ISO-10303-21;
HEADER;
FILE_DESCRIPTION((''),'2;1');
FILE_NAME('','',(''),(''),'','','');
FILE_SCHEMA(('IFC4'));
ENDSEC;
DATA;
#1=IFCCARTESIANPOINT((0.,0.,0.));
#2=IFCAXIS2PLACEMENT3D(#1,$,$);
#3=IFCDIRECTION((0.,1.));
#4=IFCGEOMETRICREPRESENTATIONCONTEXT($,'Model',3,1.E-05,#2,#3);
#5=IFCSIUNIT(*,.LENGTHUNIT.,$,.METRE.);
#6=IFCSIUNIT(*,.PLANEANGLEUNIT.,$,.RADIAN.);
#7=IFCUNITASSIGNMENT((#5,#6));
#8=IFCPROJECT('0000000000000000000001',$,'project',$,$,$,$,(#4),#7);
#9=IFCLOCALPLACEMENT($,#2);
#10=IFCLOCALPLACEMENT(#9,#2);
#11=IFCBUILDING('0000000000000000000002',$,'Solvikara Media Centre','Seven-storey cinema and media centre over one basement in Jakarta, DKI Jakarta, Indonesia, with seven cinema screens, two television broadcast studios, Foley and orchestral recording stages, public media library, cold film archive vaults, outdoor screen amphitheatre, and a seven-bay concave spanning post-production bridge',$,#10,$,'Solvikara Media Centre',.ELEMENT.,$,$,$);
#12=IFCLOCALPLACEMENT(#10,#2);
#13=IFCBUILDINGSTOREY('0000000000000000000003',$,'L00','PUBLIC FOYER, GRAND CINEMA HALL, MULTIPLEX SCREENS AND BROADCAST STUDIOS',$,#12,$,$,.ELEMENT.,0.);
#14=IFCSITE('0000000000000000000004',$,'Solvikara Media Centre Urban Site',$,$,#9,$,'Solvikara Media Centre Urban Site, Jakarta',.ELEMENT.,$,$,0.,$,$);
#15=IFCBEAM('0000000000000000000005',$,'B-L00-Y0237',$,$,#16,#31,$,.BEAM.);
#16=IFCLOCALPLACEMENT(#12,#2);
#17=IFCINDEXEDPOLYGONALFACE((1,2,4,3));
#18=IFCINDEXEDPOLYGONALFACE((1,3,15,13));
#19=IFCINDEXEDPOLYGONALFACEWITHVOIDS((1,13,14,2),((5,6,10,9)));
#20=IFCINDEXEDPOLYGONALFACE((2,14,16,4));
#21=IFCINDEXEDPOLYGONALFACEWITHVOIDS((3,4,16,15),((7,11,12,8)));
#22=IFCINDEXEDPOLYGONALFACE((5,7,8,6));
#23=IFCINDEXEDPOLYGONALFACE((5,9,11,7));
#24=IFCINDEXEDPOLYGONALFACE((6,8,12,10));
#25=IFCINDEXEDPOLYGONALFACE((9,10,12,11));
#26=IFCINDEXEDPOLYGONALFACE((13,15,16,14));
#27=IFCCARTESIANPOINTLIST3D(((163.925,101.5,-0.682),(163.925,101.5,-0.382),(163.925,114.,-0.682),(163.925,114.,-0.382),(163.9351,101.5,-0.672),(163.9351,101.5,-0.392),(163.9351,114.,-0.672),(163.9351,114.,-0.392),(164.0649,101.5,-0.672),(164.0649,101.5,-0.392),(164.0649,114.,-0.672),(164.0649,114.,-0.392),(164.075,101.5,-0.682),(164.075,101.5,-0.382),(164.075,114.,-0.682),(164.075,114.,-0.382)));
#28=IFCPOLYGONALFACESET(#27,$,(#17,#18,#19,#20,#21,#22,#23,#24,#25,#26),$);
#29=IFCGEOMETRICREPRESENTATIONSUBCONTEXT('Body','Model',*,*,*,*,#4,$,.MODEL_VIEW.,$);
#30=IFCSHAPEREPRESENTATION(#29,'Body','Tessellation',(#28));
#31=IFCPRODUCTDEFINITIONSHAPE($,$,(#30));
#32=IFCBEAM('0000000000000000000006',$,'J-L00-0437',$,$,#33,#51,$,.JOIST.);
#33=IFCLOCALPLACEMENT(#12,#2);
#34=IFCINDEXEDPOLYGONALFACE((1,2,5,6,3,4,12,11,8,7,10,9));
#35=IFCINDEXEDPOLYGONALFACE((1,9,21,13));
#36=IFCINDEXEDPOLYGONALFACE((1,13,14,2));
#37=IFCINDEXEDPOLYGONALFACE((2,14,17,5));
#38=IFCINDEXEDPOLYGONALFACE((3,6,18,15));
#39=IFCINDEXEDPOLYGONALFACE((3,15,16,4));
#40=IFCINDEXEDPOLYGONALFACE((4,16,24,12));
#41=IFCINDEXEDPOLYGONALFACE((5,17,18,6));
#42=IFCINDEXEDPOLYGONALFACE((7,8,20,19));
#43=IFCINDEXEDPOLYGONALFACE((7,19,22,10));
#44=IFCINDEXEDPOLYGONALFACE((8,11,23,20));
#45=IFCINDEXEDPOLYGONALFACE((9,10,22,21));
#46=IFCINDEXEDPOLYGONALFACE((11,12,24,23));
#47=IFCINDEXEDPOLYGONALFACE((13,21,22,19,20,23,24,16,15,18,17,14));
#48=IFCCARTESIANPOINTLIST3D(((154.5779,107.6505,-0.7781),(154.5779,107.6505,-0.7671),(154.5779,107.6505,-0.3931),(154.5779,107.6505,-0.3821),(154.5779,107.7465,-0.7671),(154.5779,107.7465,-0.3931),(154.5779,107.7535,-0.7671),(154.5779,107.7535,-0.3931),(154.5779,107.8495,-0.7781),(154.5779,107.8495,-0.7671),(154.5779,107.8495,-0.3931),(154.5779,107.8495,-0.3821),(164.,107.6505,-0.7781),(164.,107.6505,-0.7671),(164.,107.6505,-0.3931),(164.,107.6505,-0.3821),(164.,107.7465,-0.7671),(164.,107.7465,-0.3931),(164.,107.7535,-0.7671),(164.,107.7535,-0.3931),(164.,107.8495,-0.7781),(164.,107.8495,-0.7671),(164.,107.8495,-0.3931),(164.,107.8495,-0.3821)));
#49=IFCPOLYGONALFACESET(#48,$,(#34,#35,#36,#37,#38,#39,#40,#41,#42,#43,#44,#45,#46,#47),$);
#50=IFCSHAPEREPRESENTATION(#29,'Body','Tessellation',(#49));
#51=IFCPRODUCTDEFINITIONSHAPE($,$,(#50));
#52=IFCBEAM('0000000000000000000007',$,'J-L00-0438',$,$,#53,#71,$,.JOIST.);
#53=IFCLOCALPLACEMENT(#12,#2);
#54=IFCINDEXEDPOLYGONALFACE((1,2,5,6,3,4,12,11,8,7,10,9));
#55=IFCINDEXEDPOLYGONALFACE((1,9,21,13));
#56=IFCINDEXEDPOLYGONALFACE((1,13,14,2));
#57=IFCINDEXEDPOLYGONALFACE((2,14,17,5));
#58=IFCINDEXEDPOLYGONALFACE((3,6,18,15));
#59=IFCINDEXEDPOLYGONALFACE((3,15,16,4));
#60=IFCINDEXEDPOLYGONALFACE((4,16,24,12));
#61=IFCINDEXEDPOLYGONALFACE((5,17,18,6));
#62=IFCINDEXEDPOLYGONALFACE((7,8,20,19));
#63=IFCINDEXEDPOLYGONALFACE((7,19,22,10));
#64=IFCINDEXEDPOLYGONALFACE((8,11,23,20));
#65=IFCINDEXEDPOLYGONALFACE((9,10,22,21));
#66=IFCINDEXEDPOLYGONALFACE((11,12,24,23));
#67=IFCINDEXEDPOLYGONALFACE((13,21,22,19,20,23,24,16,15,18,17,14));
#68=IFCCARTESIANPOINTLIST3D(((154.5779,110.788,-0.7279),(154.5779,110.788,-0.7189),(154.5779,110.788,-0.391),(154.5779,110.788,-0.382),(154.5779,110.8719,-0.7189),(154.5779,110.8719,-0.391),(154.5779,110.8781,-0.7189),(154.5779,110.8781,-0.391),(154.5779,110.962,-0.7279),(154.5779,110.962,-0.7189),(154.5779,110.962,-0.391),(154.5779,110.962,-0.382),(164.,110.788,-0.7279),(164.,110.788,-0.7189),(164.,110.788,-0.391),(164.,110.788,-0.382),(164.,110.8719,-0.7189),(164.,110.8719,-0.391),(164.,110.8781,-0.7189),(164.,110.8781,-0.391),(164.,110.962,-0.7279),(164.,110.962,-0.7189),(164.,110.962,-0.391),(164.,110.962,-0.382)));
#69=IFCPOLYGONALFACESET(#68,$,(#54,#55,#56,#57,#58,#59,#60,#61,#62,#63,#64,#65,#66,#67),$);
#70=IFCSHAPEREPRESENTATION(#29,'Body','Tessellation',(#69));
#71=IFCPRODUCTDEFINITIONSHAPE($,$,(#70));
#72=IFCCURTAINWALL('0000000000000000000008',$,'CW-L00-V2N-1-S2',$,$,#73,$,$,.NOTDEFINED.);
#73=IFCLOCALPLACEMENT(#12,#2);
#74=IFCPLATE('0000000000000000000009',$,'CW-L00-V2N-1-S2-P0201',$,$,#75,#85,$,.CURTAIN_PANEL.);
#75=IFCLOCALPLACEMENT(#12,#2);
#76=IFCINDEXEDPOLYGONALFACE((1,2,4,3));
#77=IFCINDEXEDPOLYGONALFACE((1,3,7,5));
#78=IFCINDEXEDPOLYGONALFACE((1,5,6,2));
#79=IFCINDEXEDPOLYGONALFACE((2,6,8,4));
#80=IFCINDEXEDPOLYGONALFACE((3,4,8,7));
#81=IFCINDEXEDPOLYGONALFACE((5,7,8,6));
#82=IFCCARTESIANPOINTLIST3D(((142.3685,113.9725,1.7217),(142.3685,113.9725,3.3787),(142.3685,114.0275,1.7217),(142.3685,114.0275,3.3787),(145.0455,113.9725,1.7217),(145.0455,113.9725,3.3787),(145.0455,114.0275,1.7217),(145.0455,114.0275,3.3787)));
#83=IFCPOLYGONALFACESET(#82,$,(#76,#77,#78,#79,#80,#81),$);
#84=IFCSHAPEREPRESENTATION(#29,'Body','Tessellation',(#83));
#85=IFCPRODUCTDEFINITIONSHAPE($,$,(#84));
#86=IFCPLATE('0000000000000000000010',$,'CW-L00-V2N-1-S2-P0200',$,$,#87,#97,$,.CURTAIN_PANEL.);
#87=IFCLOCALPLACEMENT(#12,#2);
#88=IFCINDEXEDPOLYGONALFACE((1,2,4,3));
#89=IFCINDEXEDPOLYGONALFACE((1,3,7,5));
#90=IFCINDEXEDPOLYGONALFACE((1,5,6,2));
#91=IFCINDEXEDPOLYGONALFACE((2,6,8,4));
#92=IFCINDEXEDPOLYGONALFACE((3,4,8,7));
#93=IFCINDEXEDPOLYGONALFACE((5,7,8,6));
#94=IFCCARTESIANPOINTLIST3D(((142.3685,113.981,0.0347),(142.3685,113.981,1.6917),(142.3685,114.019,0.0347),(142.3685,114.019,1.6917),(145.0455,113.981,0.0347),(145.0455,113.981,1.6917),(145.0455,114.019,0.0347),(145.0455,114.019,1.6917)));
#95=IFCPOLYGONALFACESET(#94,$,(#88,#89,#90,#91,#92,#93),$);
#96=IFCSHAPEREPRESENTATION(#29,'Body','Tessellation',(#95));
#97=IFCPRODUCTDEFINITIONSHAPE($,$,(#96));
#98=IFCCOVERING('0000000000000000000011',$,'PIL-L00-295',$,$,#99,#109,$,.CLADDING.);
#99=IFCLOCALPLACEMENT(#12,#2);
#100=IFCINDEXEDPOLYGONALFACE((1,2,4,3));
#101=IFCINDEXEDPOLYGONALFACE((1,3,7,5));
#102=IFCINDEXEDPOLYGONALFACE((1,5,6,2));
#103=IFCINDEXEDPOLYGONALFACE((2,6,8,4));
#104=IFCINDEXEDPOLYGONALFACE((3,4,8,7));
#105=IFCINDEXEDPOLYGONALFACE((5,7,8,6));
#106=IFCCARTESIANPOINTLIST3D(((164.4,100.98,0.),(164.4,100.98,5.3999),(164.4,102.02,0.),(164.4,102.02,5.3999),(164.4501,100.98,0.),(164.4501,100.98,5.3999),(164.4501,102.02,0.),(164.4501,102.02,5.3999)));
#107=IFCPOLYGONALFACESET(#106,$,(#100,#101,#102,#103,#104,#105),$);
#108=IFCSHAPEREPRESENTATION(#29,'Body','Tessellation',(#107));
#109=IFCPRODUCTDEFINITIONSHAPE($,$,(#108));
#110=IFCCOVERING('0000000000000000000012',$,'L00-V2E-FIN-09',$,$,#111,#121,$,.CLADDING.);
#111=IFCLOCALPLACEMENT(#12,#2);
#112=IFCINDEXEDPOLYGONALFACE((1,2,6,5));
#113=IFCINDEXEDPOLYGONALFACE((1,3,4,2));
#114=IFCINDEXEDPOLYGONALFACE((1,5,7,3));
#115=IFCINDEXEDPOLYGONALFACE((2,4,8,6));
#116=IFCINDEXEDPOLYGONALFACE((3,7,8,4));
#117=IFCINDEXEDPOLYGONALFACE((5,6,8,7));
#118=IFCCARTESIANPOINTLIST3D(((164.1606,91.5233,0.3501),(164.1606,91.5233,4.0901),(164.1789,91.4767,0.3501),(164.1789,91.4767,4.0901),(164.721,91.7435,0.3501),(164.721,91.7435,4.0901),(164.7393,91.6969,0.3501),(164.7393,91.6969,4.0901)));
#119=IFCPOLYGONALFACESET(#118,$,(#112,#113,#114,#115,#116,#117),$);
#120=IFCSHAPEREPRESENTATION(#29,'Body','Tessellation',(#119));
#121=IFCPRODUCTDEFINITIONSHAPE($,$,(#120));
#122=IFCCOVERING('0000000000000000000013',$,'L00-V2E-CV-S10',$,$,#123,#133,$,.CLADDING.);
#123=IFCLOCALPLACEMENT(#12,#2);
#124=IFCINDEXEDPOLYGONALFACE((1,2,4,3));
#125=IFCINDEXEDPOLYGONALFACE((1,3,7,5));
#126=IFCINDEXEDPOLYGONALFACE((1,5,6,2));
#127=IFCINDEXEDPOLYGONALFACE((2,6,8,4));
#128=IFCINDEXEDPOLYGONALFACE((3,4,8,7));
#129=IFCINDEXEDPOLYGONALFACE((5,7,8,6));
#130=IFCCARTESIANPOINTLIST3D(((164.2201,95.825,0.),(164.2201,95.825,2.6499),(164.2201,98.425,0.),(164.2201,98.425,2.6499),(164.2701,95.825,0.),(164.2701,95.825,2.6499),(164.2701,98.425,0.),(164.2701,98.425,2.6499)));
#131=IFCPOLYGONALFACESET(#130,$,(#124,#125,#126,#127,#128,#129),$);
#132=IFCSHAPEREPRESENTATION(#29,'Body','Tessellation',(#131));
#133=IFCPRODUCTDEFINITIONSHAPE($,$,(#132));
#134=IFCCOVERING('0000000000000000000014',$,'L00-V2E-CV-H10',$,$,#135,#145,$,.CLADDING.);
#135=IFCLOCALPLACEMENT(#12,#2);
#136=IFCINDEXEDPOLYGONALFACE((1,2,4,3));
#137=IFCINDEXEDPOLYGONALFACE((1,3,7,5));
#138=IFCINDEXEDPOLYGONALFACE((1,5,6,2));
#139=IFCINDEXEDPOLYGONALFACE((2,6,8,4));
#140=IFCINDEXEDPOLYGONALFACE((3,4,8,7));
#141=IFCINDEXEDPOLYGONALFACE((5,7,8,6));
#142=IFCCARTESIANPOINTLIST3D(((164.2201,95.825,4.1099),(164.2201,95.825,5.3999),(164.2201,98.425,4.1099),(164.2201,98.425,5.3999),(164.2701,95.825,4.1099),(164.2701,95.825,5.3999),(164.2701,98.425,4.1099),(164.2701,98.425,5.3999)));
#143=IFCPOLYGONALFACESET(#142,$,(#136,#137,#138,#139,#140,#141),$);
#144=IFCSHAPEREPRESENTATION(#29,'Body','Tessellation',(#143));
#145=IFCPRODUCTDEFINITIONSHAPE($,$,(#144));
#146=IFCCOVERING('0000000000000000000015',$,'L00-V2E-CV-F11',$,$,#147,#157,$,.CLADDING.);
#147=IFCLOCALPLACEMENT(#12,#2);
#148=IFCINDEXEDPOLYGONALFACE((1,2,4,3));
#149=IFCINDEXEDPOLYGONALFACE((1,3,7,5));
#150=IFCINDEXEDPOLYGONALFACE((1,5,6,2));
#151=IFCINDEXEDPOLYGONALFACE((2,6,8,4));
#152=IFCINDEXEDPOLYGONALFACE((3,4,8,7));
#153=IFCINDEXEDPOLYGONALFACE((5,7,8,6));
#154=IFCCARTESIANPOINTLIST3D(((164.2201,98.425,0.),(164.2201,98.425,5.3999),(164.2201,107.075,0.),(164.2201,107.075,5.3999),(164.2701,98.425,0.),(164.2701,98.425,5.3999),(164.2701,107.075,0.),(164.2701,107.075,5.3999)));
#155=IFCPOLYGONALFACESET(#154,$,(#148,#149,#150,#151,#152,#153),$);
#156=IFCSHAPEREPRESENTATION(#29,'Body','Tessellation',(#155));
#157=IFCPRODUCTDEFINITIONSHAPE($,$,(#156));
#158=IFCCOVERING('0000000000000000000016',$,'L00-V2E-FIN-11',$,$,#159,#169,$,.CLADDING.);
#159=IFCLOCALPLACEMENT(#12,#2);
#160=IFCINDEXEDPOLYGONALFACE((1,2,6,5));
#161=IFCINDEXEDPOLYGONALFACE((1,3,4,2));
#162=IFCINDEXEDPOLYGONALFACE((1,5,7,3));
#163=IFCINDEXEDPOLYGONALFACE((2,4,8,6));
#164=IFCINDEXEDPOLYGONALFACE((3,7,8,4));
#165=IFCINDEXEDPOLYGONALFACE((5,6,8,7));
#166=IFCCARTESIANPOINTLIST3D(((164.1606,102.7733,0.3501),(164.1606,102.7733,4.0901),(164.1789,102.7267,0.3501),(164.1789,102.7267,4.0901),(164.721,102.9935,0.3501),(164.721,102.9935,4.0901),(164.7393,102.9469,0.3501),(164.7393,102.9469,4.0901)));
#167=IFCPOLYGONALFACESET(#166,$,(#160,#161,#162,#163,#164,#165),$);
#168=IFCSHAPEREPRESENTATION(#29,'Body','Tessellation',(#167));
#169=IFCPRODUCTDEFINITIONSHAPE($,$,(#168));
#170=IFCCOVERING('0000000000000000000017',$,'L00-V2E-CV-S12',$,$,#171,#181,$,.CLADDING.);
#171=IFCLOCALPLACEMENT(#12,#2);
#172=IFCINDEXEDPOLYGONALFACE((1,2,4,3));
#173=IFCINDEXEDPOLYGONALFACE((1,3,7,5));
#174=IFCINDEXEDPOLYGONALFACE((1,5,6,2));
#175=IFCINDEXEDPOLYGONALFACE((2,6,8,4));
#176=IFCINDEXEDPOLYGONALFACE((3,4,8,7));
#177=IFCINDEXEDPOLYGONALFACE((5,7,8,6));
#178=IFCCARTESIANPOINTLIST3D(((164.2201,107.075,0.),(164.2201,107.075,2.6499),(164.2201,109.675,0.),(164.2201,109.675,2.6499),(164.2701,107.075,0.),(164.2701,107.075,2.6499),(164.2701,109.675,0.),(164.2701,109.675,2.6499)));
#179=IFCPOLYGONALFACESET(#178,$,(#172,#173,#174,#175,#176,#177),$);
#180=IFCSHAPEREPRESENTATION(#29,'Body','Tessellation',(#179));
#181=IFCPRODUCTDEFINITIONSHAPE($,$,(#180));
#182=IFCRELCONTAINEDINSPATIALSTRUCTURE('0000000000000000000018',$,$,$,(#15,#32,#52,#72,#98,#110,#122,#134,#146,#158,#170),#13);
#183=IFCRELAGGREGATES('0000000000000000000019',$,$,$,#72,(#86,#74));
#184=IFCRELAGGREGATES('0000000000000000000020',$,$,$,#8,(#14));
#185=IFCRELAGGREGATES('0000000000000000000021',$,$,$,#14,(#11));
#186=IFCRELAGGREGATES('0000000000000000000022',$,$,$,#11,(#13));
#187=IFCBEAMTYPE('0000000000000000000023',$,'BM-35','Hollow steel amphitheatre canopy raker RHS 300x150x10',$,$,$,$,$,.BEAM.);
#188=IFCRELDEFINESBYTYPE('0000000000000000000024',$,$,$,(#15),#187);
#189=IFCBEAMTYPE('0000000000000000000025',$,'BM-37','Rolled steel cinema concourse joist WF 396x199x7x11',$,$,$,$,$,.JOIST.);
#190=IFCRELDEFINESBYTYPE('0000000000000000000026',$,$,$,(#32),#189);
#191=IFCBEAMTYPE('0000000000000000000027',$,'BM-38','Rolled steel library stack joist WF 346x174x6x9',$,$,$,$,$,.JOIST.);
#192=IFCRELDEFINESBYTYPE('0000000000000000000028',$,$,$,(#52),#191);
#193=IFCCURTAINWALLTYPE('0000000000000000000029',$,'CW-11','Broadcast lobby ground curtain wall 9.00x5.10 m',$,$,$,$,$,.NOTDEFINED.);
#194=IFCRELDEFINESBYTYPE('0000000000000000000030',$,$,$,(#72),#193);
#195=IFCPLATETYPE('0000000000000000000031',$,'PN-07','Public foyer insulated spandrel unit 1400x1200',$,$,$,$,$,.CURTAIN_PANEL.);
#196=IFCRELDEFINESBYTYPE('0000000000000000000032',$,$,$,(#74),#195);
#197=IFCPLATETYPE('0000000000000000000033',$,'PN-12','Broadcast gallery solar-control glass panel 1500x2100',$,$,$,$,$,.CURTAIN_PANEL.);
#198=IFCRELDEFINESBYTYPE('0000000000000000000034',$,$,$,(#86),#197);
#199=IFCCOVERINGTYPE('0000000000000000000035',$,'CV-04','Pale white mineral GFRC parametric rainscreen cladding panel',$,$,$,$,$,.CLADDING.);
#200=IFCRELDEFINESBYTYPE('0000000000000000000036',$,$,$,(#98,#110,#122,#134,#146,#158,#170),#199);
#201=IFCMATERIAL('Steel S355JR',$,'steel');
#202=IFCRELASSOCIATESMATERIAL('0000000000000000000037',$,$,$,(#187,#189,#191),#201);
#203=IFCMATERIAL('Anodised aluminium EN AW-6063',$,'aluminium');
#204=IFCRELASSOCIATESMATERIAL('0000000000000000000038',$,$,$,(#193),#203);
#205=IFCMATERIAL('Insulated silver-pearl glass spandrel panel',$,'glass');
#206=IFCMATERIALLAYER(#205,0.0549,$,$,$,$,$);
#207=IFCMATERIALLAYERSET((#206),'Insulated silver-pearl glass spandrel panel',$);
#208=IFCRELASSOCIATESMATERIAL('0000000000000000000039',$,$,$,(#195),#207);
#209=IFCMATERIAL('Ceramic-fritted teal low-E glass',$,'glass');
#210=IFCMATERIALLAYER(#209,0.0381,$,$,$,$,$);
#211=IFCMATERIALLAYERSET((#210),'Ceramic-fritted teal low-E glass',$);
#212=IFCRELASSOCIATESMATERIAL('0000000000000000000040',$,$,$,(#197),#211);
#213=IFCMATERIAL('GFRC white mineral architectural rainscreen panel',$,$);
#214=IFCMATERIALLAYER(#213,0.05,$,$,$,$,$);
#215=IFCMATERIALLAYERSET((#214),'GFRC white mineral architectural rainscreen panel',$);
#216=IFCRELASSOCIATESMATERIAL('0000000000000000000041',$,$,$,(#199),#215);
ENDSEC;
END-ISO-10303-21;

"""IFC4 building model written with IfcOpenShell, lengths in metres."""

from ifc_helpers import new_model, si_unit, direction, frame, origin, origin_2d, place, context, subcontext, project, spatial, rectangle, hollow_rectangle, i_section, extrude, material, layer, layer_set, material_profile, profile_set, type_object, element, aggregate, save


model = new_model("IFC4")

# Units and contexts
model_context = context("Model", 3, precision=1e-05, world=origin(), true_north=direction((0.0, 1.0)))
body_context = subcontext(model_context, "Body", "Model", "MODEL_VIEW")
ifc_project = project(units=[si_unit("LENGTHUNIT", "METRE"), si_unit("PLANEANGLEUNIT", "RADIAN")], contexts=[model_context])

# Site, building, storey
site_placement = place(None, origin())
site = spatial("IfcSite", under=ifc_project, at=site_placement, Name="Solvikara Media Centre Urban Site", LongName="Solvikara Media Centre Urban Site, Jakarta", CompositionType="ELEMENT", RefElevation=0.0)
building_placement = place(site_placement, origin())
building = spatial("IfcBuilding", under=site, at=building_placement, Name="Solvikara Media Centre", Description="Seven-storey cinema and media centre over one basement in Jakarta, DKI Jakarta, Indonesia, with seven cinema screens, two television broadcast studios, Foley and orchestral recording stages, public media library, cold film archive vaults, outdoor screen amphitheatre, and a seven-bay concave spanning post-production bridge", LongName="Solvikara Media Centre", CompositionType="ELEMENT")
storey_placement = place(building_placement, origin())
storey = spatial("IfcBuildingStorey", under=building, at=storey_placement, Name="L00", Description="PUBLIC FOYER, GRAND CINEMA HALL, MULTIPLEX SCREENS AND BROADCAST STUDIOS", CompositionType="ELEMENT", Elevation=0.0)

# Beams
ifc_material_1 = material(Name="Steel S355JR", Category="steel")
ifc_material_profile_1 = material_profile(ifc_material_1, hollow_rectangle(XDim=0.1499, YDim=0.3, WallThickness=0.01, at=origin_2d()), Name="RHS 300x150x10")
ifc_profile_set_1 = profile_set([ifc_material_profile_1], Name="Steel S355JR")
beam_type_1 = type_object("IfcBeamType", Name="BM-35", Description="Hollow steel amphitheatre canopy raker RHS 300x150x10", PredefinedType="BEAM", material=ifc_profile_set_1)
beam_1_placement = place(storey_placement, frame((164.0, 101.5, -0.532), z_axis=(0.0, 1.0, 0.0), x_axis=(-1.0, 0.0, 0.0)))
element("IfcBeam", 1, at=beam_1_placement, inside=storey, type_object=beam_type_1, Name="B-L00-Y0237", PredefinedType="BEAM", context=body_context, shape_type="SweptSolid", body=[
    extrude(hollow_rectangle(XDim=0.1499, YDim=0.3, WallThickness=0.01, at=origin_2d()), origin(), (0.0, 0.0, 1.0), 12.5),
])
ifc_material_profile_2 = material_profile(ifc_material_1, i_section(OverallWidth=0.199, OverallDepth=0.396, WebThickness=0.0071, FlangeThickness=0.011, at=origin_2d()), Name="WF 396x199x7x11")
ifc_profile_set_2 = profile_set([ifc_material_profile_2], Name="Steel S355JR")
beam_type_2 = type_object("IfcBeamType", Name="BM-37", Description="Rolled steel cinema concourse joist WF 396x199x7x11", PredefinedType="JOIST", material=ifc_profile_set_2)
beam_2_placement = place(storey_placement, frame((154.5779, 107.75, -0.5801), z_axis=(1.0, 0.0, 0.0), x_axis=(0.0, 1.0, 0.0)))
element("IfcBeam", 2, at=beam_2_placement, inside=storey, type_object=beam_type_2, Name="J-L00-0437", PredefinedType="JOIST", context=body_context, shape_type="SweptSolid", body=[
    extrude(i_section(OverallWidth=0.199, OverallDepth=0.396, WebThickness=0.0071, FlangeThickness=0.011, at=origin_2d()), origin(), (0.0, 0.0, 1.0), 9.4221),
])
ifc_material_profile_3 = material_profile(ifc_material_1, i_section(OverallWidth=0.1741, OverallDepth=0.3459, WebThickness=0.0061, FlangeThickness=0.009, at=origin_2d()), Name="WF 346x174x6x9")
ifc_profile_set_3 = profile_set([ifc_material_profile_3], Name="Steel S355JR")
beam_type_3 = type_object("IfcBeamType", Name="BM-38", Description="Rolled steel library stack joist WF 346x174x6x9", PredefinedType="JOIST", material=ifc_profile_set_3)
beam_3_placement = place(storey_placement, frame((154.5779, 110.875, -0.5549), z_axis=(1.0, 0.0, 0.0), x_axis=(0.0, 1.0, 0.0)))
element("IfcBeam", 3, at=beam_3_placement, inside=storey, type_object=beam_type_3, Name="J-L00-0438", PredefinedType="JOIST", context=body_context, shape_type="SweptSolid", body=[
    extrude(i_section(OverallWidth=0.1741, OverallDepth=0.3459, WebThickness=0.0061, FlangeThickness=0.009, at=origin_2d()), origin(), (0.0, 0.0, 1.0), 9.4221),
])

# Curtain wall, plates
ifc_material_2 = material(Name="Anodised aluminium EN AW-6063", Category="aluminium")
curtain_wall_type = type_object("IfcCurtainWallType", Name="CW-11", Description="Broadcast lobby ground curtain wall 9.00x5.10 m", PredefinedType="NOTDEFINED", material=ifc_material_2)
curtain_wall_placement = place(storey_placement, origin())
curtain_wall = element("IfcCurtainWall", 4, at=curtain_wall_placement, inside=storey, type_object=curtain_wall_type, Name="CW-L00-V2N-1-S2", PredefinedType="NOTDEFINED")
ifc_material_3 = material(Name="Insulated silver-pearl glass spandrel panel", Category="glass")
ifc_layer_1 = layer(ifc_material_3, 0.0549)
ifc_layer_set_1 = layer_set([ifc_layer_1], Name="Insulated silver-pearl glass spandrel panel")
plate_type_1 = type_object("IfcPlateType", Name="PN-07", Description="Public foyer insulated spandrel unit 1400x1200", PredefinedType="CURTAIN_PANEL", material=ifc_layer_set_1)
plate_1_placement = place(storey_placement, frame((143.707, 114.0, 1.7217), z_axis=(0.0, 0.0, 1.0), x_axis=(1.0, 0.0, 0.0)))
plate_1 = element("IfcPlate", 5, at=plate_1_placement, type_object=plate_type_1, Name="CW-L00-V2N-1-S2-P0201", PredefinedType="CURTAIN_PANEL", context=body_context, shape_type="SweptSolid", body=[
    extrude(rectangle(XDim=2.677, YDim=0.0549, at=origin_2d()), origin(), (0.0, 0.0, 1.0), 1.657),
])
ifc_material_4 = material(Name="Ceramic-fritted teal low-E glass", Category="glass")
ifc_layer_2 = layer(ifc_material_4, 0.0381)
ifc_layer_set_2 = layer_set([ifc_layer_2], Name="Ceramic-fritted teal low-E glass")
plate_type_2 = type_object("IfcPlateType", Name="PN-12", Description="Broadcast gallery solar-control glass panel 1500x2100", PredefinedType="CURTAIN_PANEL", material=ifc_layer_set_2)
plate_2_placement = place(storey_placement, frame((143.707, 114.0, 0.0347), z_axis=(0.0, 0.0, 1.0), x_axis=(1.0, 0.0, 0.0)))
plate_2 = element("IfcPlate", 6, at=plate_2_placement, type_object=plate_type_2, Name="CW-L00-V2N-1-S2-P0200", PredefinedType="CURTAIN_PANEL", context=body_context, shape_type="SweptSolid", body=[
    extrude(rectangle(XDim=2.677, YDim=0.0381, at=origin_2d()), origin(), (0.0, 0.0, 1.0), 1.657),
])
aggregate(curtain_wall, [plate_2, plate_1])

# Coverings
ifc_material_5 = material(Name="GFRC white mineral architectural rainscreen panel")
ifc_layer_3 = layer(ifc_material_5, 0.05)
ifc_layer_set_3 = layer_set([ifc_layer_3], Name="GFRC white mineral architectural rainscreen panel")
covering_type = type_object("IfcCoveringType", Name="CV-04", Description="Pale white mineral GFRC parametric rainscreen cladding panel", PredefinedType="CLADDING", material=ifc_layer_set_3)
covering_1_placement = place(storey_placement, frame((164.425, 101.5, 0.0), z_axis=(0.0, 0.0, 1.0), x_axis=(0.0, 1.0, 0.0)))
element("IfcCovering", 7, at=covering_1_placement, inside=storey, type_object=covering_type, Name="PIL-L00-295", PredefinedType="CLADDING", context=body_context, shape_type="SweptSolid", body=[
    extrude(rectangle(XDim=1.04, YDim=0.05, at=origin_2d()), origin(), (0.0, 0.0, 1.0), 5.3999),
])
covering_2_placement = place(storey_placement, frame((164.45, 91.6101, 0.3501), z_axis=(0.0, 0.0, 1.0), x_axis=(0.93075, 0.365657, 0.0)))
element("IfcCovering", 8, at=covering_2_placement, inside=storey, type_object=covering_type, Name="L00-V2E-FIN-09", PredefinedType="CLADDING", context=body_context, shape_type="SweptSolid", body=[
    extrude(rectangle(XDim=0.6021, YDim=0.05, at=origin_2d()), origin(), (0.0, 0.0, 1.0), 3.74),
])
covering_3_placement = place(storey_placement, frame((164.2451, 97.125, 0.0), z_axis=(0.0, 0.0, 1.0), x_axis=(0.0, 1.0, 0.0)))
element("IfcCovering", 9, at=covering_3_placement, inside=storey, type_object=covering_type, Name="L00-V2E-CV-S10", PredefinedType="CLADDING", context=body_context, shape_type="SweptSolid", body=[
    extrude(rectangle(XDim=2.6001, YDim=0.05, at=origin_2d()), origin(), (0.0, 0.0, 1.0), 2.6499),
])
covering_4_placement = place(storey_placement, frame((164.2451, 97.125, 4.1099), z_axis=(0.0, 0.0, 1.0), x_axis=(0.0, 1.0, 0.0)))
element("IfcCovering", 10, at=covering_4_placement, inside=storey, type_object=covering_type, Name="L00-V2E-CV-H10", PredefinedType="CLADDING", context=body_context, shape_type="SweptSolid", body=[
    extrude(rectangle(XDim=2.6001, YDim=0.05, at=origin_2d()), origin(), (0.0, 0.0, 1.0), 1.29),
])
covering_5_placement = place(storey_placement, frame((164.2451, 102.75, 0.0), z_axis=(0.0, 0.0, 1.0), x_axis=(0.0, 1.0, 0.0)))
element("IfcCovering", 11, at=covering_5_placement, inside=storey, type_object=covering_type, Name="L00-V2E-CV-F11", PredefinedType="CLADDING", context=body_context, shape_type="SweptSolid", body=[
    extrude(rectangle(XDim=8.6499, YDim=0.05, at=origin_2d()), origin(), (0.0, 0.0, 1.0), 5.3999),
])
covering_6_placement = place(storey_placement, frame((164.45, 102.8601, 0.3501), z_axis=(0.0, 0.0, 1.0), x_axis=(0.93075, 0.365657, 0.0)))
element("IfcCovering", 12, at=covering_6_placement, inside=storey, type_object=covering_type, Name="L00-V2E-FIN-11", PredefinedType="CLADDING", context=body_context, shape_type="SweptSolid", body=[
    extrude(rectangle(XDim=0.6021, YDim=0.05, at=origin_2d()), origin(), (0.0, 0.0, 1.0), 3.74),
])
covering_7_placement = place(storey_placement, frame((164.2451, 108.375, 0.0), z_axis=(0.0, 0.0, 1.0), x_axis=(0.0, 1.0, 0.0)))
element("IfcCovering", 13, at=covering_7_placement, inside=storey, type_object=covering_type, Name="L00-V2E-CV-S12", PredefinedType="CLADDING", context=body_context, shape_type="SweptSolid", body=[
    extrude(rectangle(XDim=2.6001, YDim=0.05, at=origin_2d()), origin(), (0.0, 0.0, 1.0), 2.6499),
])

save(model, "model.ifc")
